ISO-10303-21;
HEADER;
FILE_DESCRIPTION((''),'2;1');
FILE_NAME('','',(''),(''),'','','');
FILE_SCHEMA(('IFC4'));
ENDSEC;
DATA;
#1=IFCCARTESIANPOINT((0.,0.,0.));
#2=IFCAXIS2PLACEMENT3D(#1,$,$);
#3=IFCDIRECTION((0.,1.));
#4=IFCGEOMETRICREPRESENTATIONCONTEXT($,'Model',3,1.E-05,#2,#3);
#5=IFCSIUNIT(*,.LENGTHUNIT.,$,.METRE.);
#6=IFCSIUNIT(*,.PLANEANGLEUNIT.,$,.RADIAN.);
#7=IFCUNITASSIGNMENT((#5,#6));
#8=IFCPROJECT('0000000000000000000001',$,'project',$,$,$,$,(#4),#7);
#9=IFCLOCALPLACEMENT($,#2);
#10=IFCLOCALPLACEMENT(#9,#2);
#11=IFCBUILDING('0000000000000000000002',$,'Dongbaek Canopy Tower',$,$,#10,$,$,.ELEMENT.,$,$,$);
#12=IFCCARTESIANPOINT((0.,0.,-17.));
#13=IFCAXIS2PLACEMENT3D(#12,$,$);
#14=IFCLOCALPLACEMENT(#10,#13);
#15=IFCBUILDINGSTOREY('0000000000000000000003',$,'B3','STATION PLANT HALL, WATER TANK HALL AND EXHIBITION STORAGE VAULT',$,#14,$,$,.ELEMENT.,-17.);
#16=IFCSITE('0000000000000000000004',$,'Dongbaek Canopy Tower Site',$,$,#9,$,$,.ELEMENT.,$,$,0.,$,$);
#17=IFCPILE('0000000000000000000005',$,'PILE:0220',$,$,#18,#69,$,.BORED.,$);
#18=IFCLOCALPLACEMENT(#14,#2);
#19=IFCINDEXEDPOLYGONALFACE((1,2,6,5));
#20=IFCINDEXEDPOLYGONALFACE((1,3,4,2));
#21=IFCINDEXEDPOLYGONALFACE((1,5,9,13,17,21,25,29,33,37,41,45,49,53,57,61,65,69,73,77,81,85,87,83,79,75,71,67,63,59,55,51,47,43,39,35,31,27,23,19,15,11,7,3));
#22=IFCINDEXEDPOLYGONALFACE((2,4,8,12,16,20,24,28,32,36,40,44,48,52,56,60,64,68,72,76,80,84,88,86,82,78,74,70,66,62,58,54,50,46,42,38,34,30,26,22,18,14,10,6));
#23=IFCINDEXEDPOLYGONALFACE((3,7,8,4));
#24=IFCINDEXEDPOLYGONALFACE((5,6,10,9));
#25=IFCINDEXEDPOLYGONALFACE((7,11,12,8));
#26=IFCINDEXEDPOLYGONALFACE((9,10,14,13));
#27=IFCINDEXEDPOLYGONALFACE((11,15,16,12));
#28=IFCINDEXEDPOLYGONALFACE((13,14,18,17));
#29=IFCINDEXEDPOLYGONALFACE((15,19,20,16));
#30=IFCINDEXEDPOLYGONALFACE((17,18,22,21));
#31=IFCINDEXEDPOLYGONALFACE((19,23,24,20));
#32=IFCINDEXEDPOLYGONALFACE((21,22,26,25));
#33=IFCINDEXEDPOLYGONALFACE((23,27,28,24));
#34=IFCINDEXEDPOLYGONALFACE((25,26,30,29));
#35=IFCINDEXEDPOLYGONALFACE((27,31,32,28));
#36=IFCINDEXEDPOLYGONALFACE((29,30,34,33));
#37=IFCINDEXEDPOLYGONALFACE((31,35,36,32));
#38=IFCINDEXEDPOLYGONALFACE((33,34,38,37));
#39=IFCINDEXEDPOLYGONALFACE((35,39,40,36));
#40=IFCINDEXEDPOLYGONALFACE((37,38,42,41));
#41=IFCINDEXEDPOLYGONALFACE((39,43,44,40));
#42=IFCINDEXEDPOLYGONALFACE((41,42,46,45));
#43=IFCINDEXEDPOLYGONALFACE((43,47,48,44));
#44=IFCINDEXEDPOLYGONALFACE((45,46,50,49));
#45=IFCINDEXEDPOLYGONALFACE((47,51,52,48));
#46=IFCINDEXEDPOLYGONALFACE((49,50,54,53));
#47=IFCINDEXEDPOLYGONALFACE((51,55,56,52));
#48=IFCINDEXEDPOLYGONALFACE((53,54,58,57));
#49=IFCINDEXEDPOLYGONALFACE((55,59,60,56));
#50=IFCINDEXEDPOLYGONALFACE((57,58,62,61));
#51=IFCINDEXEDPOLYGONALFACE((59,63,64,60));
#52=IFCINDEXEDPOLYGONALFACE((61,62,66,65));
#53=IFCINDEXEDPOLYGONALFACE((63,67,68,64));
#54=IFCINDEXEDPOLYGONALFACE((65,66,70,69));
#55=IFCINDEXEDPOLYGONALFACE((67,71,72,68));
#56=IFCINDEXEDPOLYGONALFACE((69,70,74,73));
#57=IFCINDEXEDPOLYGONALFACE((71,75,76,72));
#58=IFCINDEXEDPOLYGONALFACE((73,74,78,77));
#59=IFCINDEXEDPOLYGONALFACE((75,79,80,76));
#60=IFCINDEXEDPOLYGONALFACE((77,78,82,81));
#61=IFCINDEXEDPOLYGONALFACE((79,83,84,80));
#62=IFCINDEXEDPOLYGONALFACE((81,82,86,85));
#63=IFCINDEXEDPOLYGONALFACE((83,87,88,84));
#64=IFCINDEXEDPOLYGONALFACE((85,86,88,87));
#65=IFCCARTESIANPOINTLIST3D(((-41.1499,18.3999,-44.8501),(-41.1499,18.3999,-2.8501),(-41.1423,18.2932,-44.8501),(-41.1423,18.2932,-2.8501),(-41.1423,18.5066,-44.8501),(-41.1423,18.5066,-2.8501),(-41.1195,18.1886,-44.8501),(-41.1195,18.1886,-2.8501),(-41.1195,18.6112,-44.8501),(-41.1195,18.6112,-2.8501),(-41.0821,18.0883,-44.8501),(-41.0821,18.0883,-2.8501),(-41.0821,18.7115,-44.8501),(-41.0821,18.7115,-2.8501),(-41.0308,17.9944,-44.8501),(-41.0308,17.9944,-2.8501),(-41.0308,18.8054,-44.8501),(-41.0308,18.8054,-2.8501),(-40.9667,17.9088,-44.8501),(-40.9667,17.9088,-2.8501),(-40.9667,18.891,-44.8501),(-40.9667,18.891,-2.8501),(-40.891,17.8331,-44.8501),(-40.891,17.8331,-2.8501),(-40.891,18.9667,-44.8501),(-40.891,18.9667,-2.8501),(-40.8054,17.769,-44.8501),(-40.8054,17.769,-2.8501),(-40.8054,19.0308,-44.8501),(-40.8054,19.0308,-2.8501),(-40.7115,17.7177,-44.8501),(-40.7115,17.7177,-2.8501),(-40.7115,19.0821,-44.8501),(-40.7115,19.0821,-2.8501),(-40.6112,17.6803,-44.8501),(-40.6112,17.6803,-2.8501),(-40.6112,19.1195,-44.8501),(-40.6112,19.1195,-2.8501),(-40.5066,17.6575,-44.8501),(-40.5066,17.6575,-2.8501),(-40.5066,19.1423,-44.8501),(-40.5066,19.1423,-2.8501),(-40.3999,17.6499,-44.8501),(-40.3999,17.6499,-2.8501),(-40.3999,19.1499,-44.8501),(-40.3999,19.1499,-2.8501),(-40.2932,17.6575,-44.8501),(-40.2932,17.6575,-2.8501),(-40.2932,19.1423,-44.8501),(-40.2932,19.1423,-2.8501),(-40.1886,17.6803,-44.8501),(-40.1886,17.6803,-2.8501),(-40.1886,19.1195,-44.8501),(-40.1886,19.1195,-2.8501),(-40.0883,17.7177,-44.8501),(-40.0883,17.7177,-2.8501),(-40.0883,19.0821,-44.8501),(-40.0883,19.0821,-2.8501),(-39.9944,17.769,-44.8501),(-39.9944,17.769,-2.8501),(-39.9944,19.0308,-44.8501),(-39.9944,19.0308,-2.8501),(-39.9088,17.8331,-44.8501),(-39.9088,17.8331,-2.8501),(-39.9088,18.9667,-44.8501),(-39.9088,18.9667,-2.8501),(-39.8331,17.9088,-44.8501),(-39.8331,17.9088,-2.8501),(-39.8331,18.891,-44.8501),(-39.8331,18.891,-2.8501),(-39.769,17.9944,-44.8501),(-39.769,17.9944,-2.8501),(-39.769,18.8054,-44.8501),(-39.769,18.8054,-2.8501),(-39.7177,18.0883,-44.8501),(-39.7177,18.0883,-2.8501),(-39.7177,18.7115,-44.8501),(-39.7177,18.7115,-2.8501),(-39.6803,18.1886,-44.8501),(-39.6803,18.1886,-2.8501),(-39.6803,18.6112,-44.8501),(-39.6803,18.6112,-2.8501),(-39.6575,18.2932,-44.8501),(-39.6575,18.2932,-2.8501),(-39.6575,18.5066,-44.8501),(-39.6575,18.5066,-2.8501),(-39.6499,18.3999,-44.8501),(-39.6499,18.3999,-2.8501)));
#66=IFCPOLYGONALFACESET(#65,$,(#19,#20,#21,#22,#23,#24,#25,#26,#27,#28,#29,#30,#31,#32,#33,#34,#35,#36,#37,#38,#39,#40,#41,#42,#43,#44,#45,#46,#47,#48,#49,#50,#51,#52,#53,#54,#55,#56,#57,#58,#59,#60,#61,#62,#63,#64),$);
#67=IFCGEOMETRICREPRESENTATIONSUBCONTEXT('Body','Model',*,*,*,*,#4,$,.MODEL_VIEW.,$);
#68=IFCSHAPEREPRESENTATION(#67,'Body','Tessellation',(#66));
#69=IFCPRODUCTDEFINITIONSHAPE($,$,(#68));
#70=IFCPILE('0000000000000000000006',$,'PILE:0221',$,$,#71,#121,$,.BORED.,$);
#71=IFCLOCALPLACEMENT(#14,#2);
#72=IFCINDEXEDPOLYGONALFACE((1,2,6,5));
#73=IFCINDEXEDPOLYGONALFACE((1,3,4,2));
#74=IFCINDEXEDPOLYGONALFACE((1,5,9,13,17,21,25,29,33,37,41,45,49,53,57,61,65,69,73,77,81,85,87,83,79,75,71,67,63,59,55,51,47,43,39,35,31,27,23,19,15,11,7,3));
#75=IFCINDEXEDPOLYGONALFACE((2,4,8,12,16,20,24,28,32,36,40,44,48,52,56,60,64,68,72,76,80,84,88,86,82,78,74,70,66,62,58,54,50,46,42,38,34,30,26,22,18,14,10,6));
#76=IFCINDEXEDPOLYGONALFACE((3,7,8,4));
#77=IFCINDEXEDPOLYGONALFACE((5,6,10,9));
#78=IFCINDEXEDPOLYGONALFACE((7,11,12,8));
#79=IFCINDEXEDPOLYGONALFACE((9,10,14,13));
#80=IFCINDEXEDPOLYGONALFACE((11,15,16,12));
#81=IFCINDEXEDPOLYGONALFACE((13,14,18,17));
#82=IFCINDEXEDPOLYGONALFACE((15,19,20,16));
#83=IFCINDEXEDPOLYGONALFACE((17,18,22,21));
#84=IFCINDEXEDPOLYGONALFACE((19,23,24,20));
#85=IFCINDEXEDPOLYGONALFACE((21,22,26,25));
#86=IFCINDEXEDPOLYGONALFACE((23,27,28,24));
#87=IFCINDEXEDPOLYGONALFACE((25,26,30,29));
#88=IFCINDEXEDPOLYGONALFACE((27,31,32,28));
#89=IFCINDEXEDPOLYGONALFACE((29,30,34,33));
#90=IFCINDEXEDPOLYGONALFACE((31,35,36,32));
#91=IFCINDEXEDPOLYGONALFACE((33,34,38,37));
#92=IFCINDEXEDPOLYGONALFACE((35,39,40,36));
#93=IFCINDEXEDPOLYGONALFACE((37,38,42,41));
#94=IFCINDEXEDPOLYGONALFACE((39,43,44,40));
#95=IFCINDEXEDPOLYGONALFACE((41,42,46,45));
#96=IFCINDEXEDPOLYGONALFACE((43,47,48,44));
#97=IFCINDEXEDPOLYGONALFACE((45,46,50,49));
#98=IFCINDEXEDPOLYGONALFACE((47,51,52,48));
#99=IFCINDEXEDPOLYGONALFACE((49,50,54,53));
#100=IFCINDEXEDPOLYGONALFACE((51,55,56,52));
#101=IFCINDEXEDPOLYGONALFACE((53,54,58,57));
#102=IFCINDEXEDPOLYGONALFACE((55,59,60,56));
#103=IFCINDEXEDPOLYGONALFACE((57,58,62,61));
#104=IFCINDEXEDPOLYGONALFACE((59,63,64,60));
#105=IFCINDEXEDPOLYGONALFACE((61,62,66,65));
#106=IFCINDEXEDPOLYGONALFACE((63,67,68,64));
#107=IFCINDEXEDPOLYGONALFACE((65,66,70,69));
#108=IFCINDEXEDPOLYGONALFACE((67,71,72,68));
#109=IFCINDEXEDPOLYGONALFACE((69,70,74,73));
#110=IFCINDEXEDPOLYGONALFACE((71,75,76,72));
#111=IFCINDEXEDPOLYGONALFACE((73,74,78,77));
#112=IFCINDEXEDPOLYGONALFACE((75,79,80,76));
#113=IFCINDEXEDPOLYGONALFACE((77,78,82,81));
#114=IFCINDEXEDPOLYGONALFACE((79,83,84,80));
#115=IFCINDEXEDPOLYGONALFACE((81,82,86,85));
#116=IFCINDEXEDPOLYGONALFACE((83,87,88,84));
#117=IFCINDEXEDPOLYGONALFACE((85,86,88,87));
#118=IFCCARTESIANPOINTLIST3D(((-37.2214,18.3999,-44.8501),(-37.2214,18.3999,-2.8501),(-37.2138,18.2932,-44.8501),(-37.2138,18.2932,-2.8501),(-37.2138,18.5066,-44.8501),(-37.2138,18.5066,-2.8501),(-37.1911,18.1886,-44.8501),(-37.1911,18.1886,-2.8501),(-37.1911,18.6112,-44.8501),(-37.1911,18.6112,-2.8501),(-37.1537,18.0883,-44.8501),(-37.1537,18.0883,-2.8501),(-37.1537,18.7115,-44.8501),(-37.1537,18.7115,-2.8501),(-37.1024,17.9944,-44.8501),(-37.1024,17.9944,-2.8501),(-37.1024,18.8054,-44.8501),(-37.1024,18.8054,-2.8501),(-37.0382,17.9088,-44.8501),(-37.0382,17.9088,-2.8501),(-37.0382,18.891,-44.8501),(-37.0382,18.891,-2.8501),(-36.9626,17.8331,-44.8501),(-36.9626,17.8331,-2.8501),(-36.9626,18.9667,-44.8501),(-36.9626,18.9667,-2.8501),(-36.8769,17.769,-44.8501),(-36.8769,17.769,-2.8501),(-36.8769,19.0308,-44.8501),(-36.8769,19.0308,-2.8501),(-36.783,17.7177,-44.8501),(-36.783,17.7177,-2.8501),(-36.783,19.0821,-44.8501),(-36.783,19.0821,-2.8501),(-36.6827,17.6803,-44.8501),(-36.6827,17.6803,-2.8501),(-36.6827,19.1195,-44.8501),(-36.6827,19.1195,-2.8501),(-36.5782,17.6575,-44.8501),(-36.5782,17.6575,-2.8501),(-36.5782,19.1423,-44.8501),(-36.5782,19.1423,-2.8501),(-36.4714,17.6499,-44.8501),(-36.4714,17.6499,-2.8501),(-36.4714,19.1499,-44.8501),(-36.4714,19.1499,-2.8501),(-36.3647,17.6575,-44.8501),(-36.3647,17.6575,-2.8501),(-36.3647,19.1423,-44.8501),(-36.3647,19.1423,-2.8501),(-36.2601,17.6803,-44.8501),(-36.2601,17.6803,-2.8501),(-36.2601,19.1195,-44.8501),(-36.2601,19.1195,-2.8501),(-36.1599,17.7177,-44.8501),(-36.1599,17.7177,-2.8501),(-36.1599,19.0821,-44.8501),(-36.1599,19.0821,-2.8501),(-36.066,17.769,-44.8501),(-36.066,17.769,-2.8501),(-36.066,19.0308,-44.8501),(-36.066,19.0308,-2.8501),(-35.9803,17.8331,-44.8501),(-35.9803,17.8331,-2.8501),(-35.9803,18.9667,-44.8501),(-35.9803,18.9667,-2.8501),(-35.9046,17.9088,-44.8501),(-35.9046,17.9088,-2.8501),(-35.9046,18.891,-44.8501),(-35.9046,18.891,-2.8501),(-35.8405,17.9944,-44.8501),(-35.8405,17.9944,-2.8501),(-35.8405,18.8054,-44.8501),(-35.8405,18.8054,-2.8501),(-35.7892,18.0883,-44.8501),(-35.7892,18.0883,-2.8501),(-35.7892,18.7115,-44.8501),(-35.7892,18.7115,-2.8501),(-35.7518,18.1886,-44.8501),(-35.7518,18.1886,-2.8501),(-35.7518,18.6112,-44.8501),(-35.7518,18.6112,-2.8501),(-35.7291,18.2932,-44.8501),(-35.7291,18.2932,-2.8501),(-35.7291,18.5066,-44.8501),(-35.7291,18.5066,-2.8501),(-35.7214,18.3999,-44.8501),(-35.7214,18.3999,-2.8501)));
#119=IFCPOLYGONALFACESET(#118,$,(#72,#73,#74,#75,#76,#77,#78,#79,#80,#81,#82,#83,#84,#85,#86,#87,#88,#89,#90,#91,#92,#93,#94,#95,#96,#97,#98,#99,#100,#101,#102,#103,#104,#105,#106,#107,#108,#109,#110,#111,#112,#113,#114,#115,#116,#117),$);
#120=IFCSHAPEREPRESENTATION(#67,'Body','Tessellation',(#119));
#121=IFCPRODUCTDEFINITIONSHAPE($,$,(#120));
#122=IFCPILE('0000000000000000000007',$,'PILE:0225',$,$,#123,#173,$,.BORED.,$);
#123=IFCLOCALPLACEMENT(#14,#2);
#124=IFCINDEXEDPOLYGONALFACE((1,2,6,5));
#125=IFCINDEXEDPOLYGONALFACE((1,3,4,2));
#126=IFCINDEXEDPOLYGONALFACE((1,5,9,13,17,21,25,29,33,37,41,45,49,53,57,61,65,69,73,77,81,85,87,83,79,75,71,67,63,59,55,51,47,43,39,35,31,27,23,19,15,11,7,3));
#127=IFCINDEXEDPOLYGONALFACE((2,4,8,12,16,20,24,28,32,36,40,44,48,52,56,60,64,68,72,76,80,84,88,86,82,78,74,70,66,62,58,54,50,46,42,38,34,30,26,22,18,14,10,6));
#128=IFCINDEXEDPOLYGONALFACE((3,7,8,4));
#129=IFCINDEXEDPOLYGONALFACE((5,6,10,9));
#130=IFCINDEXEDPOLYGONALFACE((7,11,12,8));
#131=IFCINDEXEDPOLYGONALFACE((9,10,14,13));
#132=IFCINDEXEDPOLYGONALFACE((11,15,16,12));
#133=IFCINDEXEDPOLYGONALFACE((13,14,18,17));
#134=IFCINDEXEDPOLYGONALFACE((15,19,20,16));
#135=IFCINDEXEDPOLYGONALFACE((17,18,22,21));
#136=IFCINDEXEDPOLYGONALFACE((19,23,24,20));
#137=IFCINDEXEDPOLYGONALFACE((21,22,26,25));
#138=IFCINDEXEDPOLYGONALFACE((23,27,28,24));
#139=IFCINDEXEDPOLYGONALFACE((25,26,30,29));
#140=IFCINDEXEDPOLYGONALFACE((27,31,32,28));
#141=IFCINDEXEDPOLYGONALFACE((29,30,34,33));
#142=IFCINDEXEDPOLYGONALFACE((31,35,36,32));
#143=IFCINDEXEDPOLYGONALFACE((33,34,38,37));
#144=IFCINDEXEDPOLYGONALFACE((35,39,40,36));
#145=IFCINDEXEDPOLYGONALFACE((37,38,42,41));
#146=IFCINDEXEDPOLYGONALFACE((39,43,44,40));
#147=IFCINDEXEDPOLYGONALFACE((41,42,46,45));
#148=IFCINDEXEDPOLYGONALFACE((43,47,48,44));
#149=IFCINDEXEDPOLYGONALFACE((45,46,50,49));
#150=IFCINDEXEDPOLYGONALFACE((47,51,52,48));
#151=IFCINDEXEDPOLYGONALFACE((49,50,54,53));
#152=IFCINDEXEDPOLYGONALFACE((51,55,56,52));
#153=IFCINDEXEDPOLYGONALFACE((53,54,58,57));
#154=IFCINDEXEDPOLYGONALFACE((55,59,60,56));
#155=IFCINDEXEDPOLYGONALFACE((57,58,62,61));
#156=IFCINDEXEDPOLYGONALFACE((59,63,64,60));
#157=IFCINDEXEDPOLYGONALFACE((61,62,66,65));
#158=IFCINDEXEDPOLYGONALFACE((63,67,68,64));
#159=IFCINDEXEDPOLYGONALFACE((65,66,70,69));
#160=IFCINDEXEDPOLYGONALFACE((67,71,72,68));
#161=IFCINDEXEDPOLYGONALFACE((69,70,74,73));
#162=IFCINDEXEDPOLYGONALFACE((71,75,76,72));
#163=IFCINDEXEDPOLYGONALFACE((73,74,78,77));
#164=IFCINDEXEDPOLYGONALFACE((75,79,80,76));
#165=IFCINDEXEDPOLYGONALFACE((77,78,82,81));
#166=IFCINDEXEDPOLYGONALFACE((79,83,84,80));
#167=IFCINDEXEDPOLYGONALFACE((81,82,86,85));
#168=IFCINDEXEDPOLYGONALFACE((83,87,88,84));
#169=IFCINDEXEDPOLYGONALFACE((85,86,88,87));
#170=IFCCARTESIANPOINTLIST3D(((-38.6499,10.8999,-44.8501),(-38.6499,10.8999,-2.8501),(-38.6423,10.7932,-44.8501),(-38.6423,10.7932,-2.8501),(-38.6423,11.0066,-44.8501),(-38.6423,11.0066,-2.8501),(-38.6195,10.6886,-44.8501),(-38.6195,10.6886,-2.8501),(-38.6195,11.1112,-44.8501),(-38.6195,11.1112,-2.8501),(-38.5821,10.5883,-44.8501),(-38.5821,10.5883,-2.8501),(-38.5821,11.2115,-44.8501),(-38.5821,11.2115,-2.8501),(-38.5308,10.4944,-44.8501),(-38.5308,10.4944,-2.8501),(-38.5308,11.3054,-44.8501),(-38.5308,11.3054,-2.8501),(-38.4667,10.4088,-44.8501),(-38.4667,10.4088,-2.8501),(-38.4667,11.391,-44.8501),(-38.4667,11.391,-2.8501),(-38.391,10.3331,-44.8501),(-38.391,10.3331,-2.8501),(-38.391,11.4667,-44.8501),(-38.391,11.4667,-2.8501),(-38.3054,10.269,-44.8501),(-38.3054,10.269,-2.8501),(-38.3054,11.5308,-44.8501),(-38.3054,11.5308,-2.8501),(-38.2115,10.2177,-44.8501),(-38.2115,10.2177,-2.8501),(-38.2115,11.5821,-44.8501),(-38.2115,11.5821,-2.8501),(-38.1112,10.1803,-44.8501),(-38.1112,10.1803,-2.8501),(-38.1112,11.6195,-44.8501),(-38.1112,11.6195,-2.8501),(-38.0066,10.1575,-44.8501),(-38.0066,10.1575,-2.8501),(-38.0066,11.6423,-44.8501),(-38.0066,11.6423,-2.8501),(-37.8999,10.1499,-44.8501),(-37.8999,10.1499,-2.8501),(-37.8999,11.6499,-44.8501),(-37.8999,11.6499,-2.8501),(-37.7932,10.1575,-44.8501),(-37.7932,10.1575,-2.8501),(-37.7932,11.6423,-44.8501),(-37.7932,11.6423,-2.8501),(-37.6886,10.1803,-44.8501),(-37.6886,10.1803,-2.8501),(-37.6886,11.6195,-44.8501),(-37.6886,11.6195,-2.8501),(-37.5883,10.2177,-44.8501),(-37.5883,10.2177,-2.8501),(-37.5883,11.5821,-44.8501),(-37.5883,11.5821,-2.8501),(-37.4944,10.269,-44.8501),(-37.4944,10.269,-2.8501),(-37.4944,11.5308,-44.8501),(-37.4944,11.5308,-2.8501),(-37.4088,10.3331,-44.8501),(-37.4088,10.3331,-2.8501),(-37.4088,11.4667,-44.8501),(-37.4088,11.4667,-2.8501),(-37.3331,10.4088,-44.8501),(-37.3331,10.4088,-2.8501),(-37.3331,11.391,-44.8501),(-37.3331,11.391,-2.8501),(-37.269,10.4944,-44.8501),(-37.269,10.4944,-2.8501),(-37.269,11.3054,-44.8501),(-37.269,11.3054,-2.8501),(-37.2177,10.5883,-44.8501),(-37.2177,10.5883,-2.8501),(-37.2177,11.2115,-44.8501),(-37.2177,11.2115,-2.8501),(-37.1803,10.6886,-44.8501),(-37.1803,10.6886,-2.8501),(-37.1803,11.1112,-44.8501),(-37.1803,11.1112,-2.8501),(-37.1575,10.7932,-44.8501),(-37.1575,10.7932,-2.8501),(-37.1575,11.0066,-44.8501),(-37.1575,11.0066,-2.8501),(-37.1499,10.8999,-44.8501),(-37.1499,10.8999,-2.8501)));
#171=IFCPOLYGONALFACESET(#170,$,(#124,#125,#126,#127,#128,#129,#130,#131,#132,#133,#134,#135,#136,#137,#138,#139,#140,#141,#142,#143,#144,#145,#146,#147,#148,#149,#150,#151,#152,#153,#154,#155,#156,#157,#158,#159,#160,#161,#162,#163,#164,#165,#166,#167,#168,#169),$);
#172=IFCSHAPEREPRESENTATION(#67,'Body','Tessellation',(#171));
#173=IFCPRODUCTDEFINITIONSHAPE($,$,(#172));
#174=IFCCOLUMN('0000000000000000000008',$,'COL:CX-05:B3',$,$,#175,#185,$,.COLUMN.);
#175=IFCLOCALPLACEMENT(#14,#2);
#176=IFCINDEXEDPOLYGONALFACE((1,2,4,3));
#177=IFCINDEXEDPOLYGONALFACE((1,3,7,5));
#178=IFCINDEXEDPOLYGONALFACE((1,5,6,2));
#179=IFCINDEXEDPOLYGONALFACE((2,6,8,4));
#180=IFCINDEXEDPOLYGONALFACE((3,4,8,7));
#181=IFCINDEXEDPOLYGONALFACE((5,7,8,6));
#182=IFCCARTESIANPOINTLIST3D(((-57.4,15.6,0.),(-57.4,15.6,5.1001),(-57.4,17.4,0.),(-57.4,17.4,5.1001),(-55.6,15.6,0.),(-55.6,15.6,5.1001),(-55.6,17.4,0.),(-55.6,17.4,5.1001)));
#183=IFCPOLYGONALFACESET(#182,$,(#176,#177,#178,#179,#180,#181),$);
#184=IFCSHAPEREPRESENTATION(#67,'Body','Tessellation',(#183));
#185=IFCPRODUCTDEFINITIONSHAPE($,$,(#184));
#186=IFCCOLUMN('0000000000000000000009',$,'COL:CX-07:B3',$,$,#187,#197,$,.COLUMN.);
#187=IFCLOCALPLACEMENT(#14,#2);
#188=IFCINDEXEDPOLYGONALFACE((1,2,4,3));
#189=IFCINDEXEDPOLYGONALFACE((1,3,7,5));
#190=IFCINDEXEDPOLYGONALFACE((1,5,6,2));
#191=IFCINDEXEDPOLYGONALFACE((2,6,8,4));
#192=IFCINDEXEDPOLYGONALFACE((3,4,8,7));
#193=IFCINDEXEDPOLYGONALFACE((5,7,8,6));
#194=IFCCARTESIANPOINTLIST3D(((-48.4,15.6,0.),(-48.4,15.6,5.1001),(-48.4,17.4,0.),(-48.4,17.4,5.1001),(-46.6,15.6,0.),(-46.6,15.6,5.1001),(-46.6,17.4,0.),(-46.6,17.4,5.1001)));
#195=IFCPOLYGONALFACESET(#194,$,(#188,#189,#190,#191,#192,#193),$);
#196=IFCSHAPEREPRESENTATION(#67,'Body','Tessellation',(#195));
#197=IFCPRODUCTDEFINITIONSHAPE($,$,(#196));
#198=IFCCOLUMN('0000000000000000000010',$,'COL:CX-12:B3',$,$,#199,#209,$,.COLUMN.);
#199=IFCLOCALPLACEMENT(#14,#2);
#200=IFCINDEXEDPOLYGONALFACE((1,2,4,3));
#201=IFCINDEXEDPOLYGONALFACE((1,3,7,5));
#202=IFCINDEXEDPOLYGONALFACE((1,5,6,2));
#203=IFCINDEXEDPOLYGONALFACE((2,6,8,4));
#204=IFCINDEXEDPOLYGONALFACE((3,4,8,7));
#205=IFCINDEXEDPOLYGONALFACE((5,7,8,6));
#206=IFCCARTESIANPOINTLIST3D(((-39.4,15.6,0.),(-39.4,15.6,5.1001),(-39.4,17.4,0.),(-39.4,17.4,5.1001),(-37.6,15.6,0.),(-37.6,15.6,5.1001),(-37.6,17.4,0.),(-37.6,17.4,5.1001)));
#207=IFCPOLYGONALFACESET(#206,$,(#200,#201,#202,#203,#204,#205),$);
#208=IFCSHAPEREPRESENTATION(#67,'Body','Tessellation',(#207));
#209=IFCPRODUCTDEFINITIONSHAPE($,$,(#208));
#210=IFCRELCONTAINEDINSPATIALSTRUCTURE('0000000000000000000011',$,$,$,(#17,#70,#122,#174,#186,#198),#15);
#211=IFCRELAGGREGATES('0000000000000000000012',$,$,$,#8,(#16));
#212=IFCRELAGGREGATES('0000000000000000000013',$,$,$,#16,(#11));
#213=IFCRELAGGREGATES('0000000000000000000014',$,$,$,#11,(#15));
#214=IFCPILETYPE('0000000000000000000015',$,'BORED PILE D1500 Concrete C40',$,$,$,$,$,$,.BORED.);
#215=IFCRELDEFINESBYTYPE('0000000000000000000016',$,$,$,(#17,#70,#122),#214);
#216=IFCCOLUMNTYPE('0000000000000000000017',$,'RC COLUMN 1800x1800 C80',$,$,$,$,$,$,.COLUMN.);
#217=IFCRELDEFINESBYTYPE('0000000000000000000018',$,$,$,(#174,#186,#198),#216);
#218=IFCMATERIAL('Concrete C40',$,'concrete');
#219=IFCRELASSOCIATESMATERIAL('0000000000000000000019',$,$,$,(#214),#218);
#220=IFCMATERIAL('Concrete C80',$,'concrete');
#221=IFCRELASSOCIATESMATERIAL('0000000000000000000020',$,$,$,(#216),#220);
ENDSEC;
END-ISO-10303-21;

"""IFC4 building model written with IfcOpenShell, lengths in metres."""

from ifc_helpers import new_model, si_unit, direction, frame, origin, origin_2d, place, context, subcontext, project, spatial, rectangle, circle, extrude, material, material_profile, profile_set, type_object, element, save


model = new_model("IFC4")

# Units and contexts
model_context = context("Model", 3, precision=1e-05, world=origin(), true_north=direction((0.0, 1.0)))
body_context = subcontext(model_context, "Body", "Model", "MODEL_VIEW")
ifc_project = project(units=[si_unit("LENGTHUNIT", "METRE"), si_unit("PLANEANGLEUNIT", "RADIAN")], contexts=[model_context])

# Site, building, storey
site_placement = place(None, origin())
site = spatial("IfcSite", under=ifc_project, at=site_placement, Name="Dongbaek Canopy Tower Site", CompositionType="ELEMENT", RefElevation=0.0)
building_placement = place(site_placement, origin())
building = spatial("IfcBuilding", under=site, at=building_placement, Name="Dongbaek Canopy Tower", CompositionType="ELEMENT")
storey_placement = place(building_placement, frame((0.0, 0.0, -17.0)))
storey = spatial("IfcBuildingStorey", under=building, at=storey_placement, Name="B3", Description="STATION PLANT HALL, WATER TANK HALL AND EXHIBITION STORAGE VAULT", CompositionType="ELEMENT", Elevation=-17.0)

# Piles
ifc_material_1 = material(Name="Concrete C40", Category="concrete")
ifc_material_profile_1 = material_profile(ifc_material_1, circle(Radius=0.75, at=origin_2d()), Name="BORED PILE D1500 Concrete C40")
ifc_profile_set_1 = profile_set([ifc_material_profile_1], Name="Concrete C40")
pile_type = type_object("IfcPileType", Name="BORED PILE D1500 Concrete C40", PredefinedType="BORED", material=ifc_profile_set_1)
for number, where, z_axis, x_axis, name in (
    (1, (-40.3999, 18.3999, -2.8501), (0.0, 0.0, -1.0), (1.0, 0.0, 0.0), "PILE:0220"),
    (2, (-36.4714, 18.3999, -2.8501), (0.0, 0.0, -1.0), (1.0, 0.0, 0.0), "PILE:0221"),
    (3, (-37.8999, 10.8999, -2.8501), (0.0, 0.0, -1.0), (1.0, 0.0, 0.0), "PILE:0225"),
):
    element("IfcPile", number, at=place(storey_placement, frame(where, z_axis=z_axis, x_axis=x_axis)), inside=storey, type_object=pile_type, Name=name, PredefinedType="BORED", context=body_context, shape_type="SweptSolid", body=[
        extrude(circle(Radius=0.75, at=origin_2d()), origin(), (0.0, 0.0, 1.0), 42.0),
    ])

# Columns
ifc_material_2 = material(Name="Concrete C80", Category="concrete")
ifc_material_profile_2 = material_profile(ifc_material_2, rectangle(XDim=1.8, YDim=1.8, at=origin_2d()), Name="RC COLUMN 1800x1800 C80")
ifc_profile_set_2 = profile_set([ifc_material_profile_2], Name="Concrete C80")
column_type = type_object("IfcColumnType", Name="RC COLUMN 1800x1800 C80", PredefinedType="COLUMN", material=ifc_profile_set_2)
for number, where, z_axis, x_axis, name in (
    (4, (-56.5, 16.5, 0.0), (0.0, 0.0, 1.0), (1.0, 0.0, 0.0), "COL:CX-05:B3"),
    (5, (-47.5, 16.5, 0.0), (0.0, 0.0, 1.0), (1.0, 0.0, 0.0), "COL:CX-07:B3"),
    (6, (-38.5, 16.5, 0.0), (0.0, 0.0, 1.0), (1.0, 0.0, 0.0), "COL:CX-12:B3"),
):
    element("IfcColumn", number, at=place(storey_placement, frame(where, z_axis=z_axis, x_axis=x_axis)), inside=storey, type_object=column_type, Name=name, PredefinedType="COLUMN", context=body_context, shape_type="SweptSolid", body=[
        extrude(rectangle(XDim=1.8, YDim=1.8, at=origin_2d()), origin(), (0.0, 0.0, 1.0), 5.1001),
    ])

save(model, "model.ifc")
